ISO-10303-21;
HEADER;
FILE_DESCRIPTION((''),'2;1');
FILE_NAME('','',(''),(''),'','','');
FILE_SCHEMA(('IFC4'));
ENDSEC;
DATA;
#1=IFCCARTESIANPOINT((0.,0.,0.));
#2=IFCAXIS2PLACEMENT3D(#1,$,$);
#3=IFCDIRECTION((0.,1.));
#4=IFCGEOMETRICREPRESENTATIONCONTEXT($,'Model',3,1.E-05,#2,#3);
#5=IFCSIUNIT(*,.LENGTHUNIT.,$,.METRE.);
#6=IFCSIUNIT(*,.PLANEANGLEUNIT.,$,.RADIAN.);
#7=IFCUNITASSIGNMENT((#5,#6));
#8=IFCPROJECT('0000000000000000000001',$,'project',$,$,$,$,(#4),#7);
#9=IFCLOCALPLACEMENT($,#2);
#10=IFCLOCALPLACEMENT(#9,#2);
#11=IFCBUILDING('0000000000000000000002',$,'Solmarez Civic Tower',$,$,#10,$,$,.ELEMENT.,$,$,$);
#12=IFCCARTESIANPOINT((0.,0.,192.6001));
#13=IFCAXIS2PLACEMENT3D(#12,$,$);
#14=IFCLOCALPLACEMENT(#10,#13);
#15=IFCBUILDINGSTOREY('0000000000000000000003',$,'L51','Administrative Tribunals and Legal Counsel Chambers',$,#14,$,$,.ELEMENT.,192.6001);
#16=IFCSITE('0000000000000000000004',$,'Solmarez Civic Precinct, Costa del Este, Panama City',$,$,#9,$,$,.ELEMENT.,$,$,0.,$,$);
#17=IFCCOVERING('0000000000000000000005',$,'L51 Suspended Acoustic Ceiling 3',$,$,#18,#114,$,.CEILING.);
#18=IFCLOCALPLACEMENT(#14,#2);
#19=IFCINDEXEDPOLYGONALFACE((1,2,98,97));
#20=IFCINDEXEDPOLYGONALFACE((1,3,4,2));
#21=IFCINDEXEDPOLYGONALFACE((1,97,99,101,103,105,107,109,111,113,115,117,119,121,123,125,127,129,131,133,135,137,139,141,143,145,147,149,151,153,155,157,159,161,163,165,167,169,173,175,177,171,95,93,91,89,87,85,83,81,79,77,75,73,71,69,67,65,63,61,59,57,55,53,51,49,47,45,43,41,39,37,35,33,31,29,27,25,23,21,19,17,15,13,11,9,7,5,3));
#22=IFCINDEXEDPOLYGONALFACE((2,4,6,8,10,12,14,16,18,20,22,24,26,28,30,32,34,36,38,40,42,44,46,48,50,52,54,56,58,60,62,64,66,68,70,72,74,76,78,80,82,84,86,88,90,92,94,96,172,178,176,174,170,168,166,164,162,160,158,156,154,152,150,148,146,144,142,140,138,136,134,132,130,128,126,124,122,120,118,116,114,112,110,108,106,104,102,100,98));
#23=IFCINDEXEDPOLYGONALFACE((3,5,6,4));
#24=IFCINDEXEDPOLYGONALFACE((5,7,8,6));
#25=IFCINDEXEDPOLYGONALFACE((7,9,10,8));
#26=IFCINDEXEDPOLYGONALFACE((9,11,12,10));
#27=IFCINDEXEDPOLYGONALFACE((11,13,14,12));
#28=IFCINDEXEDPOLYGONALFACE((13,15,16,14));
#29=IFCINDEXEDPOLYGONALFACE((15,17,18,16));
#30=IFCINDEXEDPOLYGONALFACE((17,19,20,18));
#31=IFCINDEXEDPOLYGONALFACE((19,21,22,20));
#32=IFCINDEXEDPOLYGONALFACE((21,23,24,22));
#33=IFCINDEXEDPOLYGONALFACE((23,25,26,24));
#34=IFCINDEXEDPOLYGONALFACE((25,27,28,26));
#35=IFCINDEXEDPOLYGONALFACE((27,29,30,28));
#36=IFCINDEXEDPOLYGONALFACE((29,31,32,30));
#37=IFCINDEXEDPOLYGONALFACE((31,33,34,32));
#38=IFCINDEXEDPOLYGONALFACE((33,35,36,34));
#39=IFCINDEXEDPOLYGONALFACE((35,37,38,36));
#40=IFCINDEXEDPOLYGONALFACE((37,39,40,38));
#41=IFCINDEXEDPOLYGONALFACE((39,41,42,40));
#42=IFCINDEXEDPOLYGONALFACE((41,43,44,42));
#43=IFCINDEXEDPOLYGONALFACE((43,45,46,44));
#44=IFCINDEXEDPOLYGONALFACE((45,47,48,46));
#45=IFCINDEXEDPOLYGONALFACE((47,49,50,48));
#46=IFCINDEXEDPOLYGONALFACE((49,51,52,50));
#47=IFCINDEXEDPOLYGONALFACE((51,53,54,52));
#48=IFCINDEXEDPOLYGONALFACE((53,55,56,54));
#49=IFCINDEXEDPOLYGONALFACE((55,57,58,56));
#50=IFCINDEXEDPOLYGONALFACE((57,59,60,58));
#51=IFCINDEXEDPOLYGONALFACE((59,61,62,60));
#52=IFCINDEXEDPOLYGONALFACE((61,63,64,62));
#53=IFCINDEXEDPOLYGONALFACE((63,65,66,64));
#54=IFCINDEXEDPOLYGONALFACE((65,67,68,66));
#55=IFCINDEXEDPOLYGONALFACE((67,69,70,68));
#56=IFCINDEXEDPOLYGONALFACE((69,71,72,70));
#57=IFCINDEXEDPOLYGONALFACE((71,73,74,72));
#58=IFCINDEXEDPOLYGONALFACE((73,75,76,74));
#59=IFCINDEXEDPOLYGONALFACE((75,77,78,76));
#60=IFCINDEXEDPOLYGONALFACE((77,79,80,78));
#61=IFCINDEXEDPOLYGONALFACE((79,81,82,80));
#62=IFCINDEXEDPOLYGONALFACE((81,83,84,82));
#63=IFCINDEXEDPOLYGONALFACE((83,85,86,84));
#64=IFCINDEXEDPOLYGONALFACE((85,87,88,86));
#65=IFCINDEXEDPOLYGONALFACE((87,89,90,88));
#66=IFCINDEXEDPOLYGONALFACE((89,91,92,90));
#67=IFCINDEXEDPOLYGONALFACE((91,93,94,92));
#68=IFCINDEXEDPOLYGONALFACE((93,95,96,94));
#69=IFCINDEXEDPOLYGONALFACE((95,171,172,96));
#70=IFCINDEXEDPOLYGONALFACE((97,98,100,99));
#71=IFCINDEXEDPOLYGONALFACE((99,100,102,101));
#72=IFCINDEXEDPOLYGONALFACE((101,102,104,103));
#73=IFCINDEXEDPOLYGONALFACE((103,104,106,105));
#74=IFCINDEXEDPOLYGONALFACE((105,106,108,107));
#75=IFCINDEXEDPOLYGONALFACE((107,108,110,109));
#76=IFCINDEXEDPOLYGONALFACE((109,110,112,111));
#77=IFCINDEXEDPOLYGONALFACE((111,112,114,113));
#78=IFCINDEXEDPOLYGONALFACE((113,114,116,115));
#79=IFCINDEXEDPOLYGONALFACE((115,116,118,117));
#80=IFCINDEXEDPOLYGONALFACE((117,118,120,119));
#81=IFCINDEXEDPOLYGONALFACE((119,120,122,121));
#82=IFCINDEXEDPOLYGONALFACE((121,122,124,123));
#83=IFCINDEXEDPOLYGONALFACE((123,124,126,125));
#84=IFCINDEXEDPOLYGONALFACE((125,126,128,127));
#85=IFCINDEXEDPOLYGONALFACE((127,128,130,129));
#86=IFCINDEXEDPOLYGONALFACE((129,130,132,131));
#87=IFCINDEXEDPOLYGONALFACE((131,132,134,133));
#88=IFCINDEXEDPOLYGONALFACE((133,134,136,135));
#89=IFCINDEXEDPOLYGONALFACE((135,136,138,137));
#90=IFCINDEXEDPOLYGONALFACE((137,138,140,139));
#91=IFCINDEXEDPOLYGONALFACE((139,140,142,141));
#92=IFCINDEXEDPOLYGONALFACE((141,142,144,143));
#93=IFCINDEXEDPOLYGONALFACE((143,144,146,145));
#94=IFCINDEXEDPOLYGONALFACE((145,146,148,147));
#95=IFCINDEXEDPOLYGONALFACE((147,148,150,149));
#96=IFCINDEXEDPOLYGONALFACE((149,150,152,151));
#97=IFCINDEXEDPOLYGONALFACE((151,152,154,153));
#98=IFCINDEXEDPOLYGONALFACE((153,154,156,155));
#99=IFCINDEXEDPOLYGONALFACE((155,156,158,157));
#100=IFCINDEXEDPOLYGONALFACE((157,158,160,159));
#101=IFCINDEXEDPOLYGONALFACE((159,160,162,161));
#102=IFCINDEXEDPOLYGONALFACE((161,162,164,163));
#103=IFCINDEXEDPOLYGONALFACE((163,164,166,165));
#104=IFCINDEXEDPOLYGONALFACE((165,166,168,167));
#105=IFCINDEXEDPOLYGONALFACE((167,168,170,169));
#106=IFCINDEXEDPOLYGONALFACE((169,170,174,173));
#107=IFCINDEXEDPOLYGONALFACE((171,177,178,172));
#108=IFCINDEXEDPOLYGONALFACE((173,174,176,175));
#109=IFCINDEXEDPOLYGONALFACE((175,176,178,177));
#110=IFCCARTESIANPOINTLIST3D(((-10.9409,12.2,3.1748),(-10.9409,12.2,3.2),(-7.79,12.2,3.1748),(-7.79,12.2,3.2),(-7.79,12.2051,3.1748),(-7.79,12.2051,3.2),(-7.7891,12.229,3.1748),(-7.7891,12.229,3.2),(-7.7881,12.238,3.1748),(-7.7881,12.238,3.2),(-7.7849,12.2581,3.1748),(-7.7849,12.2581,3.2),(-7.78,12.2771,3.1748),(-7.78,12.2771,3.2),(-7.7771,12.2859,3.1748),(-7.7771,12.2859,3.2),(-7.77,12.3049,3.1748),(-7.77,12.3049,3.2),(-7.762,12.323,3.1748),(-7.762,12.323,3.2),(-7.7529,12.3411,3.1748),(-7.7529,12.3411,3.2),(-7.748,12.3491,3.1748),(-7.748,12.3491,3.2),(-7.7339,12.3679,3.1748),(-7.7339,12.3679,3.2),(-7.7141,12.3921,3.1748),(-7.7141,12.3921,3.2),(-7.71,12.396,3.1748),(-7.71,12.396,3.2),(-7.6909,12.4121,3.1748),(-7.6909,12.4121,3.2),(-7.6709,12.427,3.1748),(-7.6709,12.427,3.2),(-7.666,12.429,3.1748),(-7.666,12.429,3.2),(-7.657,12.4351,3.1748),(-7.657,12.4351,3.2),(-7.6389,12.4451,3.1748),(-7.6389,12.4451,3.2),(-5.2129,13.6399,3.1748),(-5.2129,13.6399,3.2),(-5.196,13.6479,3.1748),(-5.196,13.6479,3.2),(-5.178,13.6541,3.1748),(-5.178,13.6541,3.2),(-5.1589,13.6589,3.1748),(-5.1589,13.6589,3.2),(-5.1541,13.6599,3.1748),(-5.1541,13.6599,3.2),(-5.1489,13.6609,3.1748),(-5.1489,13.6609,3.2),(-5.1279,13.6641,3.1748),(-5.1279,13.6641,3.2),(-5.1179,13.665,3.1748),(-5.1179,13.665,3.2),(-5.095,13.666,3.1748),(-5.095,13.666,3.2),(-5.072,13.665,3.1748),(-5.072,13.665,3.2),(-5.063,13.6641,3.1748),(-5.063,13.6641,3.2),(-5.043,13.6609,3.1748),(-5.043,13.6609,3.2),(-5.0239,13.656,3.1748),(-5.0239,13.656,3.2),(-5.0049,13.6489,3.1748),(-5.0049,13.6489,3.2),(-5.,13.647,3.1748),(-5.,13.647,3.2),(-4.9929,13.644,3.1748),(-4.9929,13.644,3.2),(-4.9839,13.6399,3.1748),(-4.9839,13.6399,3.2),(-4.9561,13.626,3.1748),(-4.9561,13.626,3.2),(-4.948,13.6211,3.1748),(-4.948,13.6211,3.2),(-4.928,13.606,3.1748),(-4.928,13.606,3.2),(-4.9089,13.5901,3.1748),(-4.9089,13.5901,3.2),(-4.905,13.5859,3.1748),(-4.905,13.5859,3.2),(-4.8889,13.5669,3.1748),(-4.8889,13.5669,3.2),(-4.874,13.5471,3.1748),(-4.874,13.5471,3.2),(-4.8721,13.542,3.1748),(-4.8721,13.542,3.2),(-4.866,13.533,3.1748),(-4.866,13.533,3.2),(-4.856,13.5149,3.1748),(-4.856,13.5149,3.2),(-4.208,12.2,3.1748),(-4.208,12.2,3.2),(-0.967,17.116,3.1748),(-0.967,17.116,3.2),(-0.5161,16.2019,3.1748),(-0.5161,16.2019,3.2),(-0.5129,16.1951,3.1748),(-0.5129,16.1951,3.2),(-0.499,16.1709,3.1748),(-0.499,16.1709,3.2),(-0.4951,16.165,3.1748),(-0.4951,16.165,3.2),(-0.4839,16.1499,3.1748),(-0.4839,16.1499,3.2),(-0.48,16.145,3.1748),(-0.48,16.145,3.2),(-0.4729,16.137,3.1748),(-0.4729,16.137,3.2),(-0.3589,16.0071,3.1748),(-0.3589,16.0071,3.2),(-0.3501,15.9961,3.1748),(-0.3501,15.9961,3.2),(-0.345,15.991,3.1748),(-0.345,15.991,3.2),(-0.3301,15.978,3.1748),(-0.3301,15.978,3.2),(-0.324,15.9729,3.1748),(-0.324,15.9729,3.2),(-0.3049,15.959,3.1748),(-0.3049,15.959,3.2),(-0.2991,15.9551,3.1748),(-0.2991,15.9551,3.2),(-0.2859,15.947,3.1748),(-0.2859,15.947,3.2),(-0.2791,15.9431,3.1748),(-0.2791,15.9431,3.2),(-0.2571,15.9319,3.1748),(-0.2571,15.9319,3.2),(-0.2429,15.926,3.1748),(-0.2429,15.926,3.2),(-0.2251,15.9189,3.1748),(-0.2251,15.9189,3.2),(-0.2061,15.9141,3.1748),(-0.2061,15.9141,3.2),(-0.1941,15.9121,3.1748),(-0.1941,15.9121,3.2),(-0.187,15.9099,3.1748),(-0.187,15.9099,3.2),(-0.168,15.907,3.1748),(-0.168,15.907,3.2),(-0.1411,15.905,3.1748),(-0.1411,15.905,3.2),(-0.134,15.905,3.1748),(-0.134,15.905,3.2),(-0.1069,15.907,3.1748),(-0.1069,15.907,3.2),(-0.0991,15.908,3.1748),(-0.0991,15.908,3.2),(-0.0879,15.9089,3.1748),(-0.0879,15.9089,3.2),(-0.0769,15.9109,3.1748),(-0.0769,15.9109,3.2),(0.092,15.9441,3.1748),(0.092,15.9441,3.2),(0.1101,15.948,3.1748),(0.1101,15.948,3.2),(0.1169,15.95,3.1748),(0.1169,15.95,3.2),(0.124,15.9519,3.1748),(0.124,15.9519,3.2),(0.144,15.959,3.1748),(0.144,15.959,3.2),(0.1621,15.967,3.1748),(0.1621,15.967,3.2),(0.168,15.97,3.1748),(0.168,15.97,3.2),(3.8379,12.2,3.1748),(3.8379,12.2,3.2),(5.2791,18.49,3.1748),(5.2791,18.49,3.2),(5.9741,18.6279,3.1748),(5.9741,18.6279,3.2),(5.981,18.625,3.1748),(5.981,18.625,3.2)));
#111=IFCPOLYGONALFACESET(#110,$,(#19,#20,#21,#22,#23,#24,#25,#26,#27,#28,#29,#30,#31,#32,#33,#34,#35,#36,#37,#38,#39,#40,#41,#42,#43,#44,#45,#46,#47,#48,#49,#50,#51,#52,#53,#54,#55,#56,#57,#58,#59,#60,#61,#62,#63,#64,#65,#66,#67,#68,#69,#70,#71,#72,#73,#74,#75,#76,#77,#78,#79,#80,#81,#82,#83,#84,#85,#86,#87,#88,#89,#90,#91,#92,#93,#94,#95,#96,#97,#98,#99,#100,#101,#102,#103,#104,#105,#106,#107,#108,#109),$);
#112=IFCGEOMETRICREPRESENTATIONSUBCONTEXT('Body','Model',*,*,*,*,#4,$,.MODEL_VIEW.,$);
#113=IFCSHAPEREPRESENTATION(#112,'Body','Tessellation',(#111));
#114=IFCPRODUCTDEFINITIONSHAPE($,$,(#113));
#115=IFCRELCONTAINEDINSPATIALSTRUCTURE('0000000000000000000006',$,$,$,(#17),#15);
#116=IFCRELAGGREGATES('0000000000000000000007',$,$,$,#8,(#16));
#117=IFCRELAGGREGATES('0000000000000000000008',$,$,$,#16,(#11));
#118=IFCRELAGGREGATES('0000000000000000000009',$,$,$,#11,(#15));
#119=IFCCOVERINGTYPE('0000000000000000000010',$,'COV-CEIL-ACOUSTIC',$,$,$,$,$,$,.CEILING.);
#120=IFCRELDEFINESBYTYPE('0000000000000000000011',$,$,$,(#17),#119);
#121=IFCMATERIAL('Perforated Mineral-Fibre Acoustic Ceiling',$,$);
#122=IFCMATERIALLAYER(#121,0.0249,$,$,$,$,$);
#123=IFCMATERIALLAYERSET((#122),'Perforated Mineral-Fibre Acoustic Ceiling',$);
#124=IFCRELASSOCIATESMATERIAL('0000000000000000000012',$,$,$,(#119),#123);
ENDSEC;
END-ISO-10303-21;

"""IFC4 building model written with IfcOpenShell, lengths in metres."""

from ifc_helpers import new_model, si_unit, direction, frame, origin, place, context, subcontext, project, spatial, polyline, outline, extrude, material, layer, layer_set, type_object, element, save


model = new_model("IFC4")

# Units and contexts
model_context = context("Model", 3, precision=1e-05, world=origin(), true_north=direction((0.0, 1.0)))
body_context = subcontext(model_context, "Body", "Model", "MODEL_VIEW")
ifc_project = project(units=[si_unit("LENGTHUNIT", "METRE"), si_unit("PLANEANGLEUNIT", "RADIAN")], contexts=[model_context])

# Site, building, storey
site_placement = place(None, origin())
site = spatial("IfcSite", under=ifc_project, at=site_placement, Name="Solmarez Civic Precinct, Costa del Este, Panama City", CompositionType="ELEMENT", RefElevation=0.0)
building_placement = place(site_placement, origin())
building = spatial("IfcBuilding", under=site, at=building_placement, Name="Solmarez Civic Tower", CompositionType="ELEMENT")
storey_placement = place(building_placement, frame((0.0, 0.0, 192.6001)))
storey = spatial("IfcBuildingStorey", under=building, at=storey_placement, Name="L51", Description="Administrative Tribunals and Legal Counsel Chambers", CompositionType="ELEMENT", Elevation=192.6001)

# Covering
ifc_material_1 = material(Name="Perforated Mineral-Fibre Acoustic Ceiling")
ifc_layer_1 = layer(ifc_material_1, 0.0249)
ifc_layer_set_1 = layer_set([ifc_layer_1], Name="Perforated Mineral-Fibre Acoustic Ceiling")
covering_type_1 = type_object("IfcCoveringType", Name="COV-CEIL-ACOUSTIC", PredefinedType="CEILING", material=ifc_layer_set_1)
covering_1_placement = place(storey_placement, frame((0.0, 0.0, 3.1748)))
element("IfcCovering", 1, at=covering_1_placement, inside=storey, type_object=covering_type_1, Name="L51 Suspended Acoustic Ceiling 3", PredefinedType="CEILING", context=body_context, shape_type="SweptSolid", body=[
    extrude(outline(polyline([(-10.9409, 12.2), (-7.79, 12.2), (-7.79, 12.2051), (-7.7891, 12.229), (-7.7881, 12.238), (-7.7849, 12.2581), (-7.78, 12.2771), (-7.7771, 12.2859), (-7.77, 12.3049), (-7.762, 12.323), (-7.7529, 12.3411), (-7.748, 12.3491), (-7.7339, 12.3679), (-7.7141, 12.3921), (-7.71, 12.396), (-7.6909, 12.4121), (-7.6709, 12.427), (-7.666, 12.429), (-7.657, 12.4351), (-7.6389, 12.4451), (-5.2129, 13.6399), (-5.196, 13.6479), (-5.178, 13.6541), (-5.1589, 13.6589), (-5.1541, 13.6599), (-5.1489, 13.6609), (-5.1279, 13.6641), (-5.1179, 13.665), (-5.095, 13.666), (-5.072, 13.665), (-5.063, 13.6641), (-5.043, 13.6609), (-5.0239, 13.656), (-5.0049, 13.6489), (-5.0, 13.647), (-4.9929, 13.644), (-4.9839, 13.6399), (-4.9561, 13.626), (-4.948, 13.6211), (-4.928, 13.606), (-4.9089, 13.5901), (-4.905, 13.5859), (-4.8889, 13.5669), (-4.874, 13.5471), (-4.8721, 13.542), (-4.866, 13.533), (-4.856, 13.5149), (-4.208, 12.2), (3.8379, 12.2), (5.981, 18.625), (5.9741, 18.6279), (5.2791, 18.49), (0.168, 15.97), (0.1621, 15.967), (0.144, 15.959), (0.124, 15.9519), (0.1169, 15.95), (0.1101, 15.948), (0.092, 15.9441), (-0.0769, 15.9109), (-0.0879, 15.9089), (-0.0991, 15.908), (-0.1069, 15.907), (-0.134, 15.905), (-0.1411, 15.905), (-0.168, 15.907), (-0.187, 15.9099), (-0.1941, 15.9121), (-0.2061, 15.9141), (-0.2251, 15.9189), (-0.2429, 15.926), (-0.2571, 15.9319), (-0.2791, 15.9431), (-0.2859, 15.947), (-0.2991, 15.9551), (-0.3049, 15.959), (-0.324, 15.9729), (-0.3301, 15.978), (-0.345, 15.991), (-0.3501, 15.9961), (-0.3589, 16.0071), (-0.4729, 16.137), (-0.48, 16.145), (-0.4839, 16.1499), (-0.4951, 16.165), (-0.499, 16.1709), (-0.5129, 16.1951), (-0.5161, 16.2019), (-0.967, 17.116), (-10.9409, 12.2)])), origin(), (0.0, 0.0, 1.0), 0.0251),
])

save(model, "model.ifc")
